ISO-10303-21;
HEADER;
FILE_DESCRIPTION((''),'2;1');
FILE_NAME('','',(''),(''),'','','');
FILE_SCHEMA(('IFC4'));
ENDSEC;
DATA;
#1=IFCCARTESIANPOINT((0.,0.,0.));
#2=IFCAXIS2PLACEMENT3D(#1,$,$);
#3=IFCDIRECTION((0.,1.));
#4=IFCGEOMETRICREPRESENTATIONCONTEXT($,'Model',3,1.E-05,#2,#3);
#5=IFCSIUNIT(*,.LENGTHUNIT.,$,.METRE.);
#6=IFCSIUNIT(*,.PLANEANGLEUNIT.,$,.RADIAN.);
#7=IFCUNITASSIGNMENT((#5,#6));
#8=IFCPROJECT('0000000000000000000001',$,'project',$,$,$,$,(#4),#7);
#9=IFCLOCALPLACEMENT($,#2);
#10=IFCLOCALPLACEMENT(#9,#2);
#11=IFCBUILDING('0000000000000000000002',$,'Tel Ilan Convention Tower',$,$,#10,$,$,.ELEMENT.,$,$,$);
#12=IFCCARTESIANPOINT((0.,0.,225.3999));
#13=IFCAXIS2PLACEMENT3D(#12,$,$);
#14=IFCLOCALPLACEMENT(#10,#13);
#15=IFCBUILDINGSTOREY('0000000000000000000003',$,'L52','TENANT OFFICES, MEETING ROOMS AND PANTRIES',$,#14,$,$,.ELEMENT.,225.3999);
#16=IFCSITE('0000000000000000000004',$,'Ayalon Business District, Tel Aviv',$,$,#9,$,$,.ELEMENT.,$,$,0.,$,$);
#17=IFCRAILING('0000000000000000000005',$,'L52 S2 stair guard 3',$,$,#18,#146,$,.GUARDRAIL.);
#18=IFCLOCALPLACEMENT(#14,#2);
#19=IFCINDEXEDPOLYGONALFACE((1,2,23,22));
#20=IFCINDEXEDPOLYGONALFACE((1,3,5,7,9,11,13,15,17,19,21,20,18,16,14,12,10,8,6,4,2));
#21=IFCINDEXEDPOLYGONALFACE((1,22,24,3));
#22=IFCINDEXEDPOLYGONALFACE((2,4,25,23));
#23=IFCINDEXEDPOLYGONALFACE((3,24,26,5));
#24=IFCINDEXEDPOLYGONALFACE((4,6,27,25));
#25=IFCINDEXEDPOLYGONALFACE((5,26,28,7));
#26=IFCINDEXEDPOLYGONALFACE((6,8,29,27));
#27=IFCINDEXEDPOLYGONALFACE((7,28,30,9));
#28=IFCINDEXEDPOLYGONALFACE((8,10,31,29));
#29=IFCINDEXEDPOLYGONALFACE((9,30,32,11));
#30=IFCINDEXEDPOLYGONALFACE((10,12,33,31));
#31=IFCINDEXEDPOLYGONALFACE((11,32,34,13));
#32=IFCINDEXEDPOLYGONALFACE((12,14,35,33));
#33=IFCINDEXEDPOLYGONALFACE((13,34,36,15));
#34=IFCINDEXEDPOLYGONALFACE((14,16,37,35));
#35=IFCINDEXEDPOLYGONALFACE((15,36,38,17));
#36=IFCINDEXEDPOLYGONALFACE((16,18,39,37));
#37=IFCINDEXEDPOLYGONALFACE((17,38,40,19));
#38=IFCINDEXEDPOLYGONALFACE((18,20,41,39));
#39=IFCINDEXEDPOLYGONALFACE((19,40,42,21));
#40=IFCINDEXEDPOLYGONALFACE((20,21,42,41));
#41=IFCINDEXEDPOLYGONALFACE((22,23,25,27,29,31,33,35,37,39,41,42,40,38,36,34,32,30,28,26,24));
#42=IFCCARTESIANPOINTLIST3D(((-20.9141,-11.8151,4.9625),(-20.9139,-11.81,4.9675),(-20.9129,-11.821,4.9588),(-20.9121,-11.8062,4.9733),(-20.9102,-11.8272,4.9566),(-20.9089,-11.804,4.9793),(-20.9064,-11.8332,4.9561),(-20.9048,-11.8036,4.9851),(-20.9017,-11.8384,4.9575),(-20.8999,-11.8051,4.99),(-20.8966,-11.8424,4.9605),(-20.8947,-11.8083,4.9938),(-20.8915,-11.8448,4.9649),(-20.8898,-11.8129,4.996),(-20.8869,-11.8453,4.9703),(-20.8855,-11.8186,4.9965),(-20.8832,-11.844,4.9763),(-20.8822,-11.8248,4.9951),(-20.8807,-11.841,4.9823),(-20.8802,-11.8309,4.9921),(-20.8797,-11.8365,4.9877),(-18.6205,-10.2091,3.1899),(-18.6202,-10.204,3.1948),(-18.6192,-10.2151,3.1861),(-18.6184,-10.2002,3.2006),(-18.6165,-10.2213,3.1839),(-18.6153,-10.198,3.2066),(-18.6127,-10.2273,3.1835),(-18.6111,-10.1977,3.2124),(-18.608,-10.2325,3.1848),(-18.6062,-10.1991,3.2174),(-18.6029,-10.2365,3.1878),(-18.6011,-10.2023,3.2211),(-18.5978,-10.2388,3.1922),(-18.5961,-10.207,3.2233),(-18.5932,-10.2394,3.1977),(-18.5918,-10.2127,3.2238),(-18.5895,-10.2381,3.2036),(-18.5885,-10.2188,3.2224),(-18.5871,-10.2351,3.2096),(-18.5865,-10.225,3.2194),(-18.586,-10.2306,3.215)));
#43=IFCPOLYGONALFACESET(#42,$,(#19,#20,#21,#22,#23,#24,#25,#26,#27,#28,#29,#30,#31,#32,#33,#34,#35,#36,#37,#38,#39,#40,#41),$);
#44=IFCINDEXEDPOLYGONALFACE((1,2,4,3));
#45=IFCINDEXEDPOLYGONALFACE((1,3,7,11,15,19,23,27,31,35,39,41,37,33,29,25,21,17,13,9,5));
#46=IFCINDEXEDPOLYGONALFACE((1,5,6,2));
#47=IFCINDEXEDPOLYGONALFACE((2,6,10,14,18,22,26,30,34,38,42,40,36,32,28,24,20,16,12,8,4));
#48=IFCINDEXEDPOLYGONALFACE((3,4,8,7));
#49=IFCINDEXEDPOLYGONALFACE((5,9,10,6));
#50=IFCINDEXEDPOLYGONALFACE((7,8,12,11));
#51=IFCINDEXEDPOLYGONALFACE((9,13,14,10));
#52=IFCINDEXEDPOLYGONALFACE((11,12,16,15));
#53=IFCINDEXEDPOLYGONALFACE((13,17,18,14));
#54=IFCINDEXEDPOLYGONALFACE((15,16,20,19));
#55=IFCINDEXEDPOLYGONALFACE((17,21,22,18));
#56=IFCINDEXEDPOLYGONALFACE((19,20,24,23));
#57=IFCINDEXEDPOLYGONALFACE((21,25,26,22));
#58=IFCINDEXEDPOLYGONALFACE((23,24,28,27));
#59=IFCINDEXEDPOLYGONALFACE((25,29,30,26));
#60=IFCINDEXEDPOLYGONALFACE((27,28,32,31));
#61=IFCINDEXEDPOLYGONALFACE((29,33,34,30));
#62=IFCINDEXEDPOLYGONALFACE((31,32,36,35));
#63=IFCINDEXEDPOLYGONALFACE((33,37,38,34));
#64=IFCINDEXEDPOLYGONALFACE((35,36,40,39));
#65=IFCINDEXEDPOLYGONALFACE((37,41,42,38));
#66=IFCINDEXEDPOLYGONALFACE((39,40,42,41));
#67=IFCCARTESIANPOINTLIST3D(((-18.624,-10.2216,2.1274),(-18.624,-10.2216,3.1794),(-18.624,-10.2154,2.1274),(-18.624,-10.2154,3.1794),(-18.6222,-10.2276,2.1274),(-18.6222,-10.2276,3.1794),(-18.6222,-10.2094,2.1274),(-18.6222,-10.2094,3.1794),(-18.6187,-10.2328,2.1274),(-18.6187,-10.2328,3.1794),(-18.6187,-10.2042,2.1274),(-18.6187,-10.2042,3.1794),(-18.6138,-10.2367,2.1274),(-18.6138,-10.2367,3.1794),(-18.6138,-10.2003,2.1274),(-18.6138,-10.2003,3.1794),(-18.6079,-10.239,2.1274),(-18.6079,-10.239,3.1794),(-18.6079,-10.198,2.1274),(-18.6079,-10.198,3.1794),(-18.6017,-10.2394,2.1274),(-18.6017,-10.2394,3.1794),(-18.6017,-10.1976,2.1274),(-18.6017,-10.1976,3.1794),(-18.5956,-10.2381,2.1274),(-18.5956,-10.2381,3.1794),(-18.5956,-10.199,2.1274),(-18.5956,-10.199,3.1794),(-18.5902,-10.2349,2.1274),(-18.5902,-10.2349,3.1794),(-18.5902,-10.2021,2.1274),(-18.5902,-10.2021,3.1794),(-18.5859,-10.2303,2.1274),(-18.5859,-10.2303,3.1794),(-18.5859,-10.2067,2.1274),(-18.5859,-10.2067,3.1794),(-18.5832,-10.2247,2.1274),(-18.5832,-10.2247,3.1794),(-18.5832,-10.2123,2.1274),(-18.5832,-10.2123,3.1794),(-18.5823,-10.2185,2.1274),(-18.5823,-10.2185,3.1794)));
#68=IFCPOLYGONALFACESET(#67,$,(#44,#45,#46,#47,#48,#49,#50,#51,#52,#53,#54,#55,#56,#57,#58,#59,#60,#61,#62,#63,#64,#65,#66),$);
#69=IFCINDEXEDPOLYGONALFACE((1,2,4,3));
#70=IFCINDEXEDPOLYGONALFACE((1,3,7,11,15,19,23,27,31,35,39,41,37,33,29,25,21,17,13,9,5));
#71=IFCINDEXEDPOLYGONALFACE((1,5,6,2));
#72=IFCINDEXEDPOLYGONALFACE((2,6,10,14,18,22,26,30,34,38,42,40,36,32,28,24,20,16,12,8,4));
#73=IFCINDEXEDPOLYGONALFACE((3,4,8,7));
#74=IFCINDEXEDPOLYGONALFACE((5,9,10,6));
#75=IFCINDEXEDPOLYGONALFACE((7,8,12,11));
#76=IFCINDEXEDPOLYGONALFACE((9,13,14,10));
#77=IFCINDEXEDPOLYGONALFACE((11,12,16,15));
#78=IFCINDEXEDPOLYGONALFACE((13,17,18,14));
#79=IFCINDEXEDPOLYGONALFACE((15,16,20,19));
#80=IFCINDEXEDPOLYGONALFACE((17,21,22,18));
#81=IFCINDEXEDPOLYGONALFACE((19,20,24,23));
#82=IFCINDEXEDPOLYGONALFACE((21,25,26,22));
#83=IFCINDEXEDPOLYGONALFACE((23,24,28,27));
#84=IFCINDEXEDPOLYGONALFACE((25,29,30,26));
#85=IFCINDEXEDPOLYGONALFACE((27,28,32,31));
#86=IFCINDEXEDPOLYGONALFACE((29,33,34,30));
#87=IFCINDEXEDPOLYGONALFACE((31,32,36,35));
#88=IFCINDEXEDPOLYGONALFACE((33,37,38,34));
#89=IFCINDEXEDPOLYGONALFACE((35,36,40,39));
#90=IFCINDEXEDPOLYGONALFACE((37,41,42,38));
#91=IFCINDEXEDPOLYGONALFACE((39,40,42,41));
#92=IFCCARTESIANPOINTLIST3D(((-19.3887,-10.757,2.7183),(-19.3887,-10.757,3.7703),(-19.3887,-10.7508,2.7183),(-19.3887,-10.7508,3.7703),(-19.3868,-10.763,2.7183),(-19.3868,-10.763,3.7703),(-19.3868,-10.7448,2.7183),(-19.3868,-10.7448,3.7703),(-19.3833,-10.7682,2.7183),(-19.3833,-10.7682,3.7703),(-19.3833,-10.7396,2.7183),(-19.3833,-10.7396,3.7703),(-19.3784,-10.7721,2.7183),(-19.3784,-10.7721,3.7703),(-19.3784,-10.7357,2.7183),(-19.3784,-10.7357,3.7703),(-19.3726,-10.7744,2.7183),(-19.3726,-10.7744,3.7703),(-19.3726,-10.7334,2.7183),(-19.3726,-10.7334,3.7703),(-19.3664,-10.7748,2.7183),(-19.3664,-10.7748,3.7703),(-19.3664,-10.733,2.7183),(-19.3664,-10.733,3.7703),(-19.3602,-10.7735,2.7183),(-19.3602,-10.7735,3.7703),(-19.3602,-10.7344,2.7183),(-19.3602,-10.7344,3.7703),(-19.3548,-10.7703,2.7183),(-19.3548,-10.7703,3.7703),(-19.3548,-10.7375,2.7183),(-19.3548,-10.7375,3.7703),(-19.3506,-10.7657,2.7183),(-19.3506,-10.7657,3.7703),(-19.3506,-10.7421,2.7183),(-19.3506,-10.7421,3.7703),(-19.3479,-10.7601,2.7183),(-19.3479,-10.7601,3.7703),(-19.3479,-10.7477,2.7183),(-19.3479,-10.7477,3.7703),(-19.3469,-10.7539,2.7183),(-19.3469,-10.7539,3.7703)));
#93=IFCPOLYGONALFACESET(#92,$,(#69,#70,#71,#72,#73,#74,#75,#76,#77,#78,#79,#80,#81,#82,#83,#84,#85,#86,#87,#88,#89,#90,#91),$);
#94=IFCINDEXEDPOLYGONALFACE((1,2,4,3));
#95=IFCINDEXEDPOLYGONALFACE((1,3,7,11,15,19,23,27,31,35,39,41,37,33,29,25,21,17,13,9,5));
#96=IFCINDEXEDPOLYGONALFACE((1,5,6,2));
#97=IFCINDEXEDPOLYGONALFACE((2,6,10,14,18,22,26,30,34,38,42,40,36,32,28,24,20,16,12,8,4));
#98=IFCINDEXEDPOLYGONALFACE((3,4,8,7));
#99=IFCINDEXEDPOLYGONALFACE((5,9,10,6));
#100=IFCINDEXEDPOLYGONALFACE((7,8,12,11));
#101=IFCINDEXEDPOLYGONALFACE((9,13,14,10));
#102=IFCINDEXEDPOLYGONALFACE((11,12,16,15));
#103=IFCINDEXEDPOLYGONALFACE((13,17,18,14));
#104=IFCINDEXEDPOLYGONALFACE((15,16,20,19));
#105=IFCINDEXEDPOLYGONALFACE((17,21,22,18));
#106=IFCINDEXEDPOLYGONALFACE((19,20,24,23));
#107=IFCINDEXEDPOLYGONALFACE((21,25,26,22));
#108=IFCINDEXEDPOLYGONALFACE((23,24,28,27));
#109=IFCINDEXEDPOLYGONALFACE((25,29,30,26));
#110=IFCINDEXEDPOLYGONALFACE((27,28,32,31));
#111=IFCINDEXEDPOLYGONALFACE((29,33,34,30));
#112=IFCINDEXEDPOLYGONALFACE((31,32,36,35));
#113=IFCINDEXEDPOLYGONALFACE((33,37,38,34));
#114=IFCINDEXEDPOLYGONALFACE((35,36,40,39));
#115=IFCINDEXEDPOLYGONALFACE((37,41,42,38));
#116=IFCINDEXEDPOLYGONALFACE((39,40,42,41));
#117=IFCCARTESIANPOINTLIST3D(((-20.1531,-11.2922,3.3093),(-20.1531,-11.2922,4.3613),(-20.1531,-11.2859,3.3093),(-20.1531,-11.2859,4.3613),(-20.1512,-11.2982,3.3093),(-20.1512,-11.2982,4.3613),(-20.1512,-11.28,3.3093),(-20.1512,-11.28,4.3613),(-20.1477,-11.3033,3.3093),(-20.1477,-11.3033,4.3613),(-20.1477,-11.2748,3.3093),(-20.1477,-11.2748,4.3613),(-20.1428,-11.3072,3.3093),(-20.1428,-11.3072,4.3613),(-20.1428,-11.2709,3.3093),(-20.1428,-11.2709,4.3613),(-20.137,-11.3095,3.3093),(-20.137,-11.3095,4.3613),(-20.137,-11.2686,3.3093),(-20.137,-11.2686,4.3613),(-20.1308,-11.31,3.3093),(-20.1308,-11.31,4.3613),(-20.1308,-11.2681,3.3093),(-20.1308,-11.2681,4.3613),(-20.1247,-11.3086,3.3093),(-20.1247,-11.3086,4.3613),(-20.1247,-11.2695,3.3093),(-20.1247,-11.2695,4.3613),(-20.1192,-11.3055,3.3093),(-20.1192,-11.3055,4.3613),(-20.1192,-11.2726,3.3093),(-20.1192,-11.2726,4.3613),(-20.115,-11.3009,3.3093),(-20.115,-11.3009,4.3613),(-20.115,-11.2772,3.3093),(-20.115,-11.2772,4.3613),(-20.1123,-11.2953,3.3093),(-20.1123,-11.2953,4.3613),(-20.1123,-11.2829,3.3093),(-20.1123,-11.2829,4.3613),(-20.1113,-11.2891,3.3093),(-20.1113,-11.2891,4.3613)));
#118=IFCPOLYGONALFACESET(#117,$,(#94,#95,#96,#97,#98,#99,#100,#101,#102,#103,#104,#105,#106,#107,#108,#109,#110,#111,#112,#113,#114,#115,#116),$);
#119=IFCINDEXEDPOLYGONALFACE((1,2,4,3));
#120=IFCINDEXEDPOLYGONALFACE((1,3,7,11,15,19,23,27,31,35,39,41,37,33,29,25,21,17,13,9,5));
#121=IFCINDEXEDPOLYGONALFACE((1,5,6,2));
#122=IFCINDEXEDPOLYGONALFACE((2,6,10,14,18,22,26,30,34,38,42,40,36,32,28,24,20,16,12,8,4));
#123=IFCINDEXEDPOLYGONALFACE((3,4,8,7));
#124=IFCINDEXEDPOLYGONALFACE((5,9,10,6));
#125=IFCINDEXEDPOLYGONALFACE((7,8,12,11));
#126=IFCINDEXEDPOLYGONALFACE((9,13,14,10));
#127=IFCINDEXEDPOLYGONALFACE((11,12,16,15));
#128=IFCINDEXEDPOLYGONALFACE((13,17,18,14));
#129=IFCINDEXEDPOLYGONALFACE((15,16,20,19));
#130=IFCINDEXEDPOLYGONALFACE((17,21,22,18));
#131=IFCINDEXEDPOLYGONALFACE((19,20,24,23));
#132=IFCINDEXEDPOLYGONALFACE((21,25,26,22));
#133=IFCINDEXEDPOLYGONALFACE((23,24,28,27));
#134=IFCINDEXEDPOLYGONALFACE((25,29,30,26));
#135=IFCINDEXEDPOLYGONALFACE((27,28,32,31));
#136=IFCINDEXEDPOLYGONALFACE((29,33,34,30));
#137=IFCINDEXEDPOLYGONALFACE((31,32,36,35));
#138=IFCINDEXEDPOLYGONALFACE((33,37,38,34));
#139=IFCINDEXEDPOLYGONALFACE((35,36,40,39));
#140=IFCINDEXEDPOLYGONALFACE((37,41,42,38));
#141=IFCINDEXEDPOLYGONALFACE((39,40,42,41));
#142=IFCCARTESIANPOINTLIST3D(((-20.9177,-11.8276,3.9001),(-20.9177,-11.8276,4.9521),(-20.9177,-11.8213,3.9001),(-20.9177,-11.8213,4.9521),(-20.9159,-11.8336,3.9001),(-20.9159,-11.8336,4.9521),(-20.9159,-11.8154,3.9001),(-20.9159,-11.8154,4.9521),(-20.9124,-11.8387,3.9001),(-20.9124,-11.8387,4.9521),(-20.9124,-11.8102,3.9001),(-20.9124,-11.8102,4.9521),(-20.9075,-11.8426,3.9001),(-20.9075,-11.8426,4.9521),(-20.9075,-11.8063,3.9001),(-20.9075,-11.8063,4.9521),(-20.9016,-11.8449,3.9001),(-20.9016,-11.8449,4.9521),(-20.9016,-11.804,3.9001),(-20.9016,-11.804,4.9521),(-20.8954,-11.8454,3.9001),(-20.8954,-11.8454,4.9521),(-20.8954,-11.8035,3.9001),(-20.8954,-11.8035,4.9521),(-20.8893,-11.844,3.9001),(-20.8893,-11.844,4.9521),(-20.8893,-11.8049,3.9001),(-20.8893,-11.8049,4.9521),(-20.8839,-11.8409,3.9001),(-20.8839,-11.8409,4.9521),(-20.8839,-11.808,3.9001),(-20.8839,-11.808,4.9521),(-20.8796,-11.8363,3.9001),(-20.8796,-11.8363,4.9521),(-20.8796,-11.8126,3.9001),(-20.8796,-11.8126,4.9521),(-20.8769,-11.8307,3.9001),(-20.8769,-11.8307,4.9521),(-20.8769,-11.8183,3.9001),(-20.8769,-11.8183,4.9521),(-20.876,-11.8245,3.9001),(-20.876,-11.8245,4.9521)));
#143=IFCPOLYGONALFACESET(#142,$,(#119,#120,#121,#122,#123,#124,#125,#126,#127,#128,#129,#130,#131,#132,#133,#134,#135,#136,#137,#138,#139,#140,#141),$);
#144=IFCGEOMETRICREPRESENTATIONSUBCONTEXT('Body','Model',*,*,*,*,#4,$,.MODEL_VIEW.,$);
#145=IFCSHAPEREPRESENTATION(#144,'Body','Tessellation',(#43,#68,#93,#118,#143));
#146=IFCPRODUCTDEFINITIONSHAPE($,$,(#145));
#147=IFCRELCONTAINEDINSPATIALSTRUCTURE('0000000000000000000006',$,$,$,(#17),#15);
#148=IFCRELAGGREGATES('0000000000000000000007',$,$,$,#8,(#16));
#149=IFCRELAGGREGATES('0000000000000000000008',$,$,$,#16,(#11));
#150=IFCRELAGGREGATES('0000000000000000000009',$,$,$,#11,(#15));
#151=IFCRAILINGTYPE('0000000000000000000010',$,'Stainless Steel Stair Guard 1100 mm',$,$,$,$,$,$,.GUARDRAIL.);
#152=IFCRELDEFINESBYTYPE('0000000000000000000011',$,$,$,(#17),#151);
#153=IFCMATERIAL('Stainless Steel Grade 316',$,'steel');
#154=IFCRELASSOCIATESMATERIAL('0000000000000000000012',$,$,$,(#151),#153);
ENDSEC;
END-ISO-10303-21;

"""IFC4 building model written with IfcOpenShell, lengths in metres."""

from ifc_helpers import new_model, si_unit, direction, frame, origin, origin_2d, place, context, subcontext, project, spatial, circle, extrude, material, type_object, element, save


model = new_model("IFC4")

# Units and contexts
model_context = context("Model", 3, precision=1e-05, world=origin(), true_north=direction((0.0, 1.0)))
body_context = subcontext(model_context, "Body", "Model", "MODEL_VIEW")
ifc_project = project(units=[si_unit("LENGTHUNIT", "METRE"), si_unit("PLANEANGLEUNIT", "RADIAN")], contexts=[model_context])

# Site, building, storey
site_placement = place(None, origin())
site = spatial("IfcSite", under=ifc_project, at=site_placement, Name="Ayalon Business District, Tel Aviv", CompositionType="ELEMENT", RefElevation=0.0)
building_placement = place(site_placement, origin())
building = spatial("IfcBuilding", under=site, at=building_placement, Name="Tel Ilan Convention Tower", CompositionType="ELEMENT")
storey_placement = place(building_placement, frame((0.0, 0.0, 225.3999)))
storey = spatial("IfcBuildingStorey", under=building, at=storey_placement, Name="L52", Description="TENANT OFFICES, MEETING ROOMS AND PANTRIES", CompositionType="ELEMENT", Elevation=225.3999)

# Railing
ifc_material_1 = material(Name="Stainless Steel Grade 316", Category="steel")
railing_type_1 = type_object("IfcRailingType", Name="Stainless Steel Stair Guard 1100 mm", PredefinedType="GUARDRAIL", material=ifc_material_1)
railing_1_placement = place(storey_placement, frame((-18.6033, -10.2185, 2.1274)))
element("IfcRailing", 1, at=railing_1_placement, inside=storey, type_object=railing_type_1, Name="L52 S2 stair guard 3", PredefinedType="GUARDRAIL", context=body_context, shape_type="SweptSolid", body=[
    extrude(circle(Radius=0.0239, at=origin_2d()), frame((0.0, 0.0, 1.0762), z_axis=(-0.692123, -0.484597, 0.534913), x_axis=(0.57355, -0.81917, 0.0)), (0.0, 0.0, 1.0), 3.314),
    extrude(circle(Radius=0.021, at=origin_2d()), origin(), (0.0, 0.0, 1.0), 1.052),
    extrude(circle(Radius=0.021, at=origin_2d()), frame((-0.7646, -0.5354, 0.5908)), (0.0, 0.0, 1.0), 1.052),
    extrude(circle(Radius=0.021, at=origin_2d()), frame((-1.5291, -1.0706, 1.1819)), (0.0, 0.0, 1.0), 1.052),
    extrude(circle(Radius=0.021, at=origin_2d()), frame((-2.2937, -1.606, 1.7727)), (0.0, 0.0, 1.0), 1.052),
])

save(model, "model.ifc")
